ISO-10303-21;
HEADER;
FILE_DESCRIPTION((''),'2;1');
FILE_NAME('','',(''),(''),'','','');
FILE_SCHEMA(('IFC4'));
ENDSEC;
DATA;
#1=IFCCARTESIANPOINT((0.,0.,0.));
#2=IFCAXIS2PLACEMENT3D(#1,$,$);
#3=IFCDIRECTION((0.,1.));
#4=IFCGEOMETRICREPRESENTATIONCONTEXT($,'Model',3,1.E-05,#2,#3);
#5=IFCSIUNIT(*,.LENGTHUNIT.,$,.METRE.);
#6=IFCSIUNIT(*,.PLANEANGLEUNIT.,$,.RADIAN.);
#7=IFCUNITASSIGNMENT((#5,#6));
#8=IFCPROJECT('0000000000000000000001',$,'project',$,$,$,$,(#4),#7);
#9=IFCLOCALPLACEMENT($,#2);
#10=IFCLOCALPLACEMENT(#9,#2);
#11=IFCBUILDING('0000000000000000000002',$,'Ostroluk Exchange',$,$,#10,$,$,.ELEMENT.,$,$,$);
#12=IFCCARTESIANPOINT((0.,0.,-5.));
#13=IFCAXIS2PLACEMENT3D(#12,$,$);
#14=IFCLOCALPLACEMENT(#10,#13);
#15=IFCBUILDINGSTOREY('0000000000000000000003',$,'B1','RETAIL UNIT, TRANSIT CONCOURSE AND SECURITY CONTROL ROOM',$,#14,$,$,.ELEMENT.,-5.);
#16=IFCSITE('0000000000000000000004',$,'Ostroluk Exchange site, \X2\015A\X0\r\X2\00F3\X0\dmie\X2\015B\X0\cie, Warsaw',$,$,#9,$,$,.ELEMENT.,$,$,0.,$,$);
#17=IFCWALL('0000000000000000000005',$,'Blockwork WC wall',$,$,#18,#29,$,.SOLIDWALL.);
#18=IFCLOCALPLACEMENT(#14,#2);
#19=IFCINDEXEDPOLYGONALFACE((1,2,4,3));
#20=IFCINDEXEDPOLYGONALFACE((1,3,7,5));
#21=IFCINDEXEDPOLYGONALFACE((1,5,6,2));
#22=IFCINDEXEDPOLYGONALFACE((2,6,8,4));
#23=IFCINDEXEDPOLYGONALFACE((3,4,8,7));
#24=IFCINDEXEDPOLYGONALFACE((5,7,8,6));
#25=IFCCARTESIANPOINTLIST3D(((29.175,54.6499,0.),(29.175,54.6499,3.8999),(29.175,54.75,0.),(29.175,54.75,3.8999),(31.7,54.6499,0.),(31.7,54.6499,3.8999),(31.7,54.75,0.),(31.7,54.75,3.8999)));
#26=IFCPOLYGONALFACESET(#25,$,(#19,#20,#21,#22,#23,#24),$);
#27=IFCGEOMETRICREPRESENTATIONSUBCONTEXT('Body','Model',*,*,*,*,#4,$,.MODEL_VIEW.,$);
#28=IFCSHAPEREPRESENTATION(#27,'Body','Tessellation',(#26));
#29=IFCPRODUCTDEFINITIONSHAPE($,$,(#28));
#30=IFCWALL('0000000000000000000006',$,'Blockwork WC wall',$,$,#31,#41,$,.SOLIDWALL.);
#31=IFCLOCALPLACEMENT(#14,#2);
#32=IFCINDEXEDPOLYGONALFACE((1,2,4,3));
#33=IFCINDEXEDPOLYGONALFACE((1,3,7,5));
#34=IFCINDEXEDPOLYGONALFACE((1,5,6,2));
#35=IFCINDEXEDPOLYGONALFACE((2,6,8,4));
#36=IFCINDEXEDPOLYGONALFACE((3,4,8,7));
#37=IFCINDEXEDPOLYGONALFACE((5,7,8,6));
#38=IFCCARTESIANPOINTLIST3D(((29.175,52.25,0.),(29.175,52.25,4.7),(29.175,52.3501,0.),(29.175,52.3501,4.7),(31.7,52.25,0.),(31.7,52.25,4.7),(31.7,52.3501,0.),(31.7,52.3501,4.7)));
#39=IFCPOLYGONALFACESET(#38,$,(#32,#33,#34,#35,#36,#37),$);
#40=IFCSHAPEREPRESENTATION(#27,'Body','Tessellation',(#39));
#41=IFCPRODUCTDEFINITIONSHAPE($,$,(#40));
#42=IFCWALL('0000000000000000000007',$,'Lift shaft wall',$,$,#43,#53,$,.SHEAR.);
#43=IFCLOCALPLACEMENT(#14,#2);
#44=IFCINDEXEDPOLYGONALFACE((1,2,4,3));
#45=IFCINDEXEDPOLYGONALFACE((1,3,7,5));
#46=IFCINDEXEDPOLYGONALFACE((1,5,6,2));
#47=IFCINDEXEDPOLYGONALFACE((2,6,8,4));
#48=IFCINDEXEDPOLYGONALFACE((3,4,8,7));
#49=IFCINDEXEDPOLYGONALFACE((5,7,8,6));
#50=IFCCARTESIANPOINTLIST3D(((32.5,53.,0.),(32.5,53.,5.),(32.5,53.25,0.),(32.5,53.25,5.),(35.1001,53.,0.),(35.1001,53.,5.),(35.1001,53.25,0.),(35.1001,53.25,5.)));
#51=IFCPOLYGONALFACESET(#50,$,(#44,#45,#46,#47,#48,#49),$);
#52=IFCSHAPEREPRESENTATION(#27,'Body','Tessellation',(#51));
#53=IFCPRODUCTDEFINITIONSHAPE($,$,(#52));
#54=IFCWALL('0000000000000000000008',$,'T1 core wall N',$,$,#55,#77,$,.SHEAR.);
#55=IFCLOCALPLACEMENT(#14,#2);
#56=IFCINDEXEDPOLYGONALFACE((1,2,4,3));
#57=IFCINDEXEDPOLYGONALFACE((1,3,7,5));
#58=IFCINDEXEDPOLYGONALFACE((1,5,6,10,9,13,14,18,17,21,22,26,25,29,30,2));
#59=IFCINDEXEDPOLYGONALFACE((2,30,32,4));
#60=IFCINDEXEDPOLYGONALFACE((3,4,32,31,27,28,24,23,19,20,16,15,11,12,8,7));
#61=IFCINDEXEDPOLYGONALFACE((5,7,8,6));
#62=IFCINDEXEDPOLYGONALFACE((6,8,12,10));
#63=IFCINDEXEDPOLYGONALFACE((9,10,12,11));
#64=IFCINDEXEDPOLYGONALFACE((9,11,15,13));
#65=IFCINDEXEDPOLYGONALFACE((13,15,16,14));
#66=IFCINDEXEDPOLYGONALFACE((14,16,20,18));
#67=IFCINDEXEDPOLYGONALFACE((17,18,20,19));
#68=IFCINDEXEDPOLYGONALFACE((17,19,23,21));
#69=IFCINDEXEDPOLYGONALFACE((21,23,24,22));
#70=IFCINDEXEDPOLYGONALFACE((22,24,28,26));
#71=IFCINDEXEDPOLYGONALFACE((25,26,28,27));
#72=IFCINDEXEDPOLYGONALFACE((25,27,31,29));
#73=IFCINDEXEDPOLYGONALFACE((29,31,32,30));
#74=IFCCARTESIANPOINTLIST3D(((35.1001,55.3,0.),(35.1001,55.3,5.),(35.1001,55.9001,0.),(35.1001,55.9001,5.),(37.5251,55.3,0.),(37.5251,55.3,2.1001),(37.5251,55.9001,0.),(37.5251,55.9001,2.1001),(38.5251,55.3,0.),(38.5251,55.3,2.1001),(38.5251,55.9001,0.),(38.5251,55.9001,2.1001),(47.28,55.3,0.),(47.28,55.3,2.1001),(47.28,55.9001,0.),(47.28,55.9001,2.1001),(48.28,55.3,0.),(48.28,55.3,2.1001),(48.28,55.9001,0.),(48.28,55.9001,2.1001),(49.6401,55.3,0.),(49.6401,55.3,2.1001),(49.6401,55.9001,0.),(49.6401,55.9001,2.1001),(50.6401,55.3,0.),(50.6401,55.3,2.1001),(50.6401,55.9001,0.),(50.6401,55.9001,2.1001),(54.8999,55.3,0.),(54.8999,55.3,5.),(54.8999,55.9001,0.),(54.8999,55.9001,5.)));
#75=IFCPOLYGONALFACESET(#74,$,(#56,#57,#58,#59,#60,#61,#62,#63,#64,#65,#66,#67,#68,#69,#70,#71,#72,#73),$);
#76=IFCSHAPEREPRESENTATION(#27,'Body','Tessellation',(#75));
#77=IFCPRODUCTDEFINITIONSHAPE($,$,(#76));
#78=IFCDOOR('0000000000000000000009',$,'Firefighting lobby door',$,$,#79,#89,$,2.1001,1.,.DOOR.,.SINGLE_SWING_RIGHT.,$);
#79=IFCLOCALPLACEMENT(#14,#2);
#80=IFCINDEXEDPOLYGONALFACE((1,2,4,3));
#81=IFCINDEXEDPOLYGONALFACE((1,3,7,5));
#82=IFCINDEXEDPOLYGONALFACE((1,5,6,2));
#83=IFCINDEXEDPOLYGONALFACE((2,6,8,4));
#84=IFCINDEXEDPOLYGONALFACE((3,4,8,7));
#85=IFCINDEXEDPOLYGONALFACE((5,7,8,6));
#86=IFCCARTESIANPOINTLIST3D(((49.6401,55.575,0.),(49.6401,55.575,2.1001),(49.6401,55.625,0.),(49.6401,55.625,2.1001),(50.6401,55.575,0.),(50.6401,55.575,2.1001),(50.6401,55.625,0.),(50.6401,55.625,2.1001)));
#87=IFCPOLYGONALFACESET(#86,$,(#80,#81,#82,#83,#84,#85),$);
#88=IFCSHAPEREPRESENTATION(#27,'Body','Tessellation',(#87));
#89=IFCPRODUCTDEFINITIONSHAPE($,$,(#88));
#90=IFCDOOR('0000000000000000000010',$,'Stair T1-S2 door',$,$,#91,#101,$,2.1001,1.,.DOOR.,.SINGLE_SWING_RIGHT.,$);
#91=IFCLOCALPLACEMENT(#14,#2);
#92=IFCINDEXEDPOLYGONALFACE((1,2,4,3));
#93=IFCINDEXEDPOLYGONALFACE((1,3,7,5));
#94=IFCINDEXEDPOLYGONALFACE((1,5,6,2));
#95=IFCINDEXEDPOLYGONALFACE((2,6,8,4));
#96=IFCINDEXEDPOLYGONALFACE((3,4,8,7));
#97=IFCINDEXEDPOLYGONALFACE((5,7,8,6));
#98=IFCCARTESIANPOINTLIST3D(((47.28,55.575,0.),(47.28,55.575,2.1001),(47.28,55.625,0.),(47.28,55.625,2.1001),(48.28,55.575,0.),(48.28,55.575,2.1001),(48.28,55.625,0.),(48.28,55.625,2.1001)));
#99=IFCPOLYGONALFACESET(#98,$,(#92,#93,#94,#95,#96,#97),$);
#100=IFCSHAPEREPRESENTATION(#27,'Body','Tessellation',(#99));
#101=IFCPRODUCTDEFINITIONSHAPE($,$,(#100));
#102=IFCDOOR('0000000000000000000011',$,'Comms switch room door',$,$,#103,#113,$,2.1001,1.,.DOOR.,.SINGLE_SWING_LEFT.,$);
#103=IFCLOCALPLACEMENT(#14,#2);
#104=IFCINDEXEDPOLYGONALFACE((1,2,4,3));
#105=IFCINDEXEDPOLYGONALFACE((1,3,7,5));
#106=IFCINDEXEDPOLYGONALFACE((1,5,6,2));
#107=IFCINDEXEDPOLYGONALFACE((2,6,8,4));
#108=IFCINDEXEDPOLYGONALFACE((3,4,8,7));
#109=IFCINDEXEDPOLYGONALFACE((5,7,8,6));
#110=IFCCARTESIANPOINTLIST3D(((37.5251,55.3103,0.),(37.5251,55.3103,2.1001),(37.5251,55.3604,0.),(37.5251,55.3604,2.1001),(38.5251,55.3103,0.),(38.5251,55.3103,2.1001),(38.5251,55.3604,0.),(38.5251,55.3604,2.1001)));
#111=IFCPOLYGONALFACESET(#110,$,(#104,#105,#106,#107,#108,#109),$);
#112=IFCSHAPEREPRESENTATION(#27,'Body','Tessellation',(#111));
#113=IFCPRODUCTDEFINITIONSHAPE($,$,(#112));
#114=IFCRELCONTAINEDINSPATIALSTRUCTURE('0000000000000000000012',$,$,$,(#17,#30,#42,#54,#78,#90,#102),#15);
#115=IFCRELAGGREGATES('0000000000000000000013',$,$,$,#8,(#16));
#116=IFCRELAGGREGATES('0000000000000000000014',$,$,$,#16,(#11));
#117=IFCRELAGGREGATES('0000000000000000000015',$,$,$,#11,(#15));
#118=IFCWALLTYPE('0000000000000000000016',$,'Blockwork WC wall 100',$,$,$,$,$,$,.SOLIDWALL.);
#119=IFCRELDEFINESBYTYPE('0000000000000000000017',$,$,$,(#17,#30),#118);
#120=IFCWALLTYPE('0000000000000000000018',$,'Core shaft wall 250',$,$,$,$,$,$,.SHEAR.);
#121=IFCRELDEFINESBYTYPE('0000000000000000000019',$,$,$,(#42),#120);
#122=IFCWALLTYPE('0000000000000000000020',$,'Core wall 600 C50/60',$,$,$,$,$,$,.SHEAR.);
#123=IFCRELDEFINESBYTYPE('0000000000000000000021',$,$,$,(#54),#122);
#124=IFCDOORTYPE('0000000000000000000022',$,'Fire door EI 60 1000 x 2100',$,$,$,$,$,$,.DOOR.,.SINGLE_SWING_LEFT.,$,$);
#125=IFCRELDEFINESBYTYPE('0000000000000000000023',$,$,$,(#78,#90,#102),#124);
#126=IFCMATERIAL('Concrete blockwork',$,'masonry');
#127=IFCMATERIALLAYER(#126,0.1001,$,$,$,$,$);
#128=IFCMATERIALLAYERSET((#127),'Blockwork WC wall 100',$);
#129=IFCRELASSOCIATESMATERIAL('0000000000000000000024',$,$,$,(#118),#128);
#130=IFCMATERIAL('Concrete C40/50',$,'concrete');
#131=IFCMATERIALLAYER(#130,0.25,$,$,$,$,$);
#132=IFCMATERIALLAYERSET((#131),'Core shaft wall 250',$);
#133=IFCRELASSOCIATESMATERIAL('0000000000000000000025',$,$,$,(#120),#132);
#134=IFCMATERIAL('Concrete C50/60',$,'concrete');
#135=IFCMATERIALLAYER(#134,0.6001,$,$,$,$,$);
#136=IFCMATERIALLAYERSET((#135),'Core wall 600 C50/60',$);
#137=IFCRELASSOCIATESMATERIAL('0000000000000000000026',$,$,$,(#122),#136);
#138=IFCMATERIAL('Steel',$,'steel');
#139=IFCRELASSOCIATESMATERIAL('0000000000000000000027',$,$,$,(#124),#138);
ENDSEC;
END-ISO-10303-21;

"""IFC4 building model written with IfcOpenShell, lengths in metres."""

from ifc_helpers import new_model, si_unit, direction, frame, frame_2d, origin, place, context, subcontext, project, spatial, rectangle, extrude, material, layer, layer_set, type_object, element, fill, save


model = new_model("IFC4")

# Units and contexts
model_context = context("Model", 3, precision=1e-05, world=origin(), true_north=direction((0.0, 1.0)))
body_context = subcontext(model_context, "Body", "Model", "MODEL_VIEW")
ifc_project = project(units=[si_unit("LENGTHUNIT", "METRE"), si_unit("PLANEANGLEUNIT", "RADIAN")], contexts=[model_context])

# Site, building, storey
site_placement = place(None, origin())
site = spatial("IfcSite", under=ifc_project, at=site_placement, Name="Ostroluk Exchange site, Śródmieście, Warsaw", CompositionType="ELEMENT", RefElevation=0.0)
building_placement = place(site_placement, origin())
building = spatial("IfcBuilding", under=site, at=building_placement, Name="Ostroluk Exchange", CompositionType="ELEMENT")
storey_placement = place(building_placement, frame((0.0, 0.0, -5.0)))
storey = spatial("IfcBuildingStorey", under=building, at=storey_placement, Name="B1", Description="RETAIL UNIT, TRANSIT CONCOURSE AND SECURITY CONTROL ROOM", CompositionType="ELEMENT", Elevation=-5.0)

# Walls
ifc_material_1 = material(Name="Concrete blockwork", Category="masonry")
ifc_layer_1 = layer(ifc_material_1, 0.1001)
ifc_layer_set_1 = layer_set([ifc_layer_1], Name="Blockwork WC wall 100")
wall_type_1 = type_object("IfcWallType", Name="Blockwork WC wall 100", PredefinedType="SOLIDWALL", material=ifc_layer_set_1)
wall_1_placement = place(storey_placement, frame((29.175, 54.7, 0.0), z_axis=(0.0, 0.0, 1.0), x_axis=(1.0, 0.0, 0.0)))
element("IfcWall", 1, at=wall_1_placement, inside=storey, type_object=wall_type_1, Name="Blockwork WC wall", PredefinedType="SOLIDWALL", context=body_context, shape_type="SweptSolid", body=[
    extrude(rectangle(XDim=2.5249, YDim=0.1001, at=frame_2d((1.2625, 0.0))), origin(), (0.0, 0.0, 1.0), 3.8999),
])
wall_2_placement = place(storey_placement, frame((29.175, 52.3, 0.0), z_axis=(0.0, 0.0, 1.0), x_axis=(1.0, 0.0, 0.0)))
element("IfcWall", 2, at=wall_2_placement, inside=storey, type_object=wall_type_1, Name="Blockwork WC wall", PredefinedType="SOLIDWALL", context=body_context, shape_type="SweptSolid", body=[
    extrude(rectangle(XDim=2.5249, YDim=0.1001, at=frame_2d((1.2625, 0.0))), origin(), (0.0, 0.0, 1.0), 4.7),
])
ifc_material_2 = material(Name="Concrete C40/50", Category="concrete")
ifc_layer_2 = layer(ifc_material_2, 0.25)
ifc_layer_set_2 = layer_set([ifc_layer_2], Name="Core shaft wall 250")
wall_type_2 = type_object("IfcWallType", Name="Core shaft wall 250", PredefinedType="SHEAR", material=ifc_layer_set_2)
wall_3_placement = place(storey_placement, frame((32.5, 53.125, 0.0), z_axis=(0.0, 0.0, 1.0), x_axis=(1.0, 0.0, 0.0)))
element("IfcWall", 3, at=wall_3_placement, inside=storey, type_object=wall_type_2, Name="Lift shaft wall", PredefinedType="SHEAR", context=body_context, shape_type="SweptSolid", body=[
    extrude(rectangle(XDim=2.6001, YDim=0.25, at=frame_2d((1.3, 0.0))), origin(), (0.0, 0.0, 1.0), 5.0),
])

# Wall, openings, doors
ifc_material_3 = material(Name="Concrete C50/60", Category="concrete")
ifc_layer_3 = layer(ifc_material_3, 0.6001)
ifc_layer_set_3 = layer_set([ifc_layer_3], Name="Core wall 600 C50/60")
wall_type_3 = type_object("IfcWallType", Name="Core wall 600 C50/60", PredefinedType="SHEAR", material=ifc_layer_set_3)
wall_4_placement = place(storey_placement, frame((35.1001, 55.6001, 0.0), z_axis=(0.0, 0.0, 1.0), x_axis=(1.0, 0.0, 0.0)))
wall_4 = element("IfcWall", 4, at=wall_4_placement, inside=storey, type_object=wall_type_3, Name="T1 core wall N", PredefinedType="SHEAR", context=body_context, shape_type="SweptSolid", body=[
    extrude(rectangle(XDim=19.7998, YDim=0.6001, at=frame_2d((9.8999, 0.0))), origin(), (0.0, 0.0, 1.0), 5.0),
])
opening_1_placement = place(wall_4_placement, frame((14.54, 0.0, 0.0)))
opening_1 = element("IfcOpeningElement", 5, at=opening_1_placement, cuts=wall_4, PredefinedType="OPENING", context=body_context, shape_type="SweptSolid", body=[
    extrude(rectangle(XDim=1.0, YDim=2.1001, at=frame_2d((0.5, 1.05))), frame((0.0, 0.3101, 0.0), z_axis=(0.0, -1.0, 0.0), x_axis=(1.0, 0.0, 0.0)), (0.0, 0.0, 1.0), 0.6201),
])
opening_2_placement = place(wall_4_placement, frame((12.1799, 0.0, 0.0)))
opening_2 = element("IfcOpeningElement", 6, at=opening_2_placement, cuts=wall_4, PredefinedType="OPENING", context=body_context, shape_type="SweptSolid", body=[
    extrude(rectangle(XDim=1.0, YDim=2.1001, at=frame_2d((0.5, 1.05))), frame((0.0, 0.3101, 0.0), z_axis=(0.0, -1.0, 0.0), x_axis=(1.0, 0.0, 0.0)), (0.0, 0.0, 1.0), 0.6201),
])
opening_3_placement = place(wall_4_placement, frame((2.425, 0.0, 0.0)))
opening_3 = element("IfcOpeningElement", 7, at=opening_3_placement, cuts=wall_4, PredefinedType="OPENING", context=body_context, shape_type="SweptSolid", body=[
    extrude(rectangle(XDim=1.0, YDim=2.1001, at=frame_2d((0.5, 1.05))), frame((0.0, 0.3101, 0.0), z_axis=(0.0, -1.0, 0.0), x_axis=(1.0, 0.0, 0.0)), (0.0, 0.0, 1.0), 0.6201),
])
ifc_material_4 = material(Name="Steel", Category="steel")
door_type = type_object("IfcDoorType", Name="Fire door EI 60 1000 x 2100", OperationType="SINGLE_SWING_LEFT", PredefinedType="DOOR", material=ifc_material_4)
door_1_placement = place(opening_1_placement, origin())
door_1 = element("IfcDoor", 8, at=door_1_placement, inside=storey, type_object=door_type, Name="Firefighting lobby door", OperationType="SINGLE_SWING_RIGHT", OverallHeight=2.1001, OverallWidth=1.0, PredefinedType="DOOR", context=body_context, shape_type="SweptSolid", body=[
    extrude(rectangle(XDim=1.0, YDim=2.1001, at=frame_2d((0.5, 1.05))), frame((0.0, 0.0249, 0.0), z_axis=(0.0, -1.0, 0.0), x_axis=(1.0, 0.0, 0.0)), (0.0, 0.0, 1.0), 0.05),
])
fill(opening_1, door_1)
door_2_placement = place(opening_2_placement, origin())
door_2 = element("IfcDoor", 9, at=door_2_placement, inside=storey, type_object=door_type, Name="Stair T1-S2 door", OperationType="SINGLE_SWING_RIGHT", OverallHeight=2.1001, OverallWidth=1.0, PredefinedType="DOOR", context=body_context, shape_type="SweptSolid", body=[
    extrude(rectangle(XDim=1.0, YDim=2.1001, at=frame_2d((0.5, 1.05))), frame((0.0, 0.0249, 0.0), z_axis=(0.0, -1.0, 0.0), x_axis=(1.0, 0.0, 0.0)), (0.0, 0.0, 1.0), 0.05),
])
fill(opening_2, door_2)
door_3_placement = place(opening_3_placement, origin())
door_3 = element("IfcDoor", 10, at=door_3_placement, inside=storey, type_object=door_type, Name="Comms switch room door", OperationType="SINGLE_SWING_LEFT", OverallHeight=2.1001, OverallWidth=1.0, PredefinedType="DOOR", context=body_context, shape_type="SweptSolid", body=[
    extrude(rectangle(XDim=1.0, YDim=2.1001, at=frame_2d((0.5, 1.05))), frame((0.0, -0.2397, 0.0), z_axis=(0.0, -1.0, 0.0), x_axis=(1.0, 0.0, 0.0)), (0.0, 0.0, 1.0), 0.05),
])
fill(opening_3, door_3)

save(model, "model.ifc")
